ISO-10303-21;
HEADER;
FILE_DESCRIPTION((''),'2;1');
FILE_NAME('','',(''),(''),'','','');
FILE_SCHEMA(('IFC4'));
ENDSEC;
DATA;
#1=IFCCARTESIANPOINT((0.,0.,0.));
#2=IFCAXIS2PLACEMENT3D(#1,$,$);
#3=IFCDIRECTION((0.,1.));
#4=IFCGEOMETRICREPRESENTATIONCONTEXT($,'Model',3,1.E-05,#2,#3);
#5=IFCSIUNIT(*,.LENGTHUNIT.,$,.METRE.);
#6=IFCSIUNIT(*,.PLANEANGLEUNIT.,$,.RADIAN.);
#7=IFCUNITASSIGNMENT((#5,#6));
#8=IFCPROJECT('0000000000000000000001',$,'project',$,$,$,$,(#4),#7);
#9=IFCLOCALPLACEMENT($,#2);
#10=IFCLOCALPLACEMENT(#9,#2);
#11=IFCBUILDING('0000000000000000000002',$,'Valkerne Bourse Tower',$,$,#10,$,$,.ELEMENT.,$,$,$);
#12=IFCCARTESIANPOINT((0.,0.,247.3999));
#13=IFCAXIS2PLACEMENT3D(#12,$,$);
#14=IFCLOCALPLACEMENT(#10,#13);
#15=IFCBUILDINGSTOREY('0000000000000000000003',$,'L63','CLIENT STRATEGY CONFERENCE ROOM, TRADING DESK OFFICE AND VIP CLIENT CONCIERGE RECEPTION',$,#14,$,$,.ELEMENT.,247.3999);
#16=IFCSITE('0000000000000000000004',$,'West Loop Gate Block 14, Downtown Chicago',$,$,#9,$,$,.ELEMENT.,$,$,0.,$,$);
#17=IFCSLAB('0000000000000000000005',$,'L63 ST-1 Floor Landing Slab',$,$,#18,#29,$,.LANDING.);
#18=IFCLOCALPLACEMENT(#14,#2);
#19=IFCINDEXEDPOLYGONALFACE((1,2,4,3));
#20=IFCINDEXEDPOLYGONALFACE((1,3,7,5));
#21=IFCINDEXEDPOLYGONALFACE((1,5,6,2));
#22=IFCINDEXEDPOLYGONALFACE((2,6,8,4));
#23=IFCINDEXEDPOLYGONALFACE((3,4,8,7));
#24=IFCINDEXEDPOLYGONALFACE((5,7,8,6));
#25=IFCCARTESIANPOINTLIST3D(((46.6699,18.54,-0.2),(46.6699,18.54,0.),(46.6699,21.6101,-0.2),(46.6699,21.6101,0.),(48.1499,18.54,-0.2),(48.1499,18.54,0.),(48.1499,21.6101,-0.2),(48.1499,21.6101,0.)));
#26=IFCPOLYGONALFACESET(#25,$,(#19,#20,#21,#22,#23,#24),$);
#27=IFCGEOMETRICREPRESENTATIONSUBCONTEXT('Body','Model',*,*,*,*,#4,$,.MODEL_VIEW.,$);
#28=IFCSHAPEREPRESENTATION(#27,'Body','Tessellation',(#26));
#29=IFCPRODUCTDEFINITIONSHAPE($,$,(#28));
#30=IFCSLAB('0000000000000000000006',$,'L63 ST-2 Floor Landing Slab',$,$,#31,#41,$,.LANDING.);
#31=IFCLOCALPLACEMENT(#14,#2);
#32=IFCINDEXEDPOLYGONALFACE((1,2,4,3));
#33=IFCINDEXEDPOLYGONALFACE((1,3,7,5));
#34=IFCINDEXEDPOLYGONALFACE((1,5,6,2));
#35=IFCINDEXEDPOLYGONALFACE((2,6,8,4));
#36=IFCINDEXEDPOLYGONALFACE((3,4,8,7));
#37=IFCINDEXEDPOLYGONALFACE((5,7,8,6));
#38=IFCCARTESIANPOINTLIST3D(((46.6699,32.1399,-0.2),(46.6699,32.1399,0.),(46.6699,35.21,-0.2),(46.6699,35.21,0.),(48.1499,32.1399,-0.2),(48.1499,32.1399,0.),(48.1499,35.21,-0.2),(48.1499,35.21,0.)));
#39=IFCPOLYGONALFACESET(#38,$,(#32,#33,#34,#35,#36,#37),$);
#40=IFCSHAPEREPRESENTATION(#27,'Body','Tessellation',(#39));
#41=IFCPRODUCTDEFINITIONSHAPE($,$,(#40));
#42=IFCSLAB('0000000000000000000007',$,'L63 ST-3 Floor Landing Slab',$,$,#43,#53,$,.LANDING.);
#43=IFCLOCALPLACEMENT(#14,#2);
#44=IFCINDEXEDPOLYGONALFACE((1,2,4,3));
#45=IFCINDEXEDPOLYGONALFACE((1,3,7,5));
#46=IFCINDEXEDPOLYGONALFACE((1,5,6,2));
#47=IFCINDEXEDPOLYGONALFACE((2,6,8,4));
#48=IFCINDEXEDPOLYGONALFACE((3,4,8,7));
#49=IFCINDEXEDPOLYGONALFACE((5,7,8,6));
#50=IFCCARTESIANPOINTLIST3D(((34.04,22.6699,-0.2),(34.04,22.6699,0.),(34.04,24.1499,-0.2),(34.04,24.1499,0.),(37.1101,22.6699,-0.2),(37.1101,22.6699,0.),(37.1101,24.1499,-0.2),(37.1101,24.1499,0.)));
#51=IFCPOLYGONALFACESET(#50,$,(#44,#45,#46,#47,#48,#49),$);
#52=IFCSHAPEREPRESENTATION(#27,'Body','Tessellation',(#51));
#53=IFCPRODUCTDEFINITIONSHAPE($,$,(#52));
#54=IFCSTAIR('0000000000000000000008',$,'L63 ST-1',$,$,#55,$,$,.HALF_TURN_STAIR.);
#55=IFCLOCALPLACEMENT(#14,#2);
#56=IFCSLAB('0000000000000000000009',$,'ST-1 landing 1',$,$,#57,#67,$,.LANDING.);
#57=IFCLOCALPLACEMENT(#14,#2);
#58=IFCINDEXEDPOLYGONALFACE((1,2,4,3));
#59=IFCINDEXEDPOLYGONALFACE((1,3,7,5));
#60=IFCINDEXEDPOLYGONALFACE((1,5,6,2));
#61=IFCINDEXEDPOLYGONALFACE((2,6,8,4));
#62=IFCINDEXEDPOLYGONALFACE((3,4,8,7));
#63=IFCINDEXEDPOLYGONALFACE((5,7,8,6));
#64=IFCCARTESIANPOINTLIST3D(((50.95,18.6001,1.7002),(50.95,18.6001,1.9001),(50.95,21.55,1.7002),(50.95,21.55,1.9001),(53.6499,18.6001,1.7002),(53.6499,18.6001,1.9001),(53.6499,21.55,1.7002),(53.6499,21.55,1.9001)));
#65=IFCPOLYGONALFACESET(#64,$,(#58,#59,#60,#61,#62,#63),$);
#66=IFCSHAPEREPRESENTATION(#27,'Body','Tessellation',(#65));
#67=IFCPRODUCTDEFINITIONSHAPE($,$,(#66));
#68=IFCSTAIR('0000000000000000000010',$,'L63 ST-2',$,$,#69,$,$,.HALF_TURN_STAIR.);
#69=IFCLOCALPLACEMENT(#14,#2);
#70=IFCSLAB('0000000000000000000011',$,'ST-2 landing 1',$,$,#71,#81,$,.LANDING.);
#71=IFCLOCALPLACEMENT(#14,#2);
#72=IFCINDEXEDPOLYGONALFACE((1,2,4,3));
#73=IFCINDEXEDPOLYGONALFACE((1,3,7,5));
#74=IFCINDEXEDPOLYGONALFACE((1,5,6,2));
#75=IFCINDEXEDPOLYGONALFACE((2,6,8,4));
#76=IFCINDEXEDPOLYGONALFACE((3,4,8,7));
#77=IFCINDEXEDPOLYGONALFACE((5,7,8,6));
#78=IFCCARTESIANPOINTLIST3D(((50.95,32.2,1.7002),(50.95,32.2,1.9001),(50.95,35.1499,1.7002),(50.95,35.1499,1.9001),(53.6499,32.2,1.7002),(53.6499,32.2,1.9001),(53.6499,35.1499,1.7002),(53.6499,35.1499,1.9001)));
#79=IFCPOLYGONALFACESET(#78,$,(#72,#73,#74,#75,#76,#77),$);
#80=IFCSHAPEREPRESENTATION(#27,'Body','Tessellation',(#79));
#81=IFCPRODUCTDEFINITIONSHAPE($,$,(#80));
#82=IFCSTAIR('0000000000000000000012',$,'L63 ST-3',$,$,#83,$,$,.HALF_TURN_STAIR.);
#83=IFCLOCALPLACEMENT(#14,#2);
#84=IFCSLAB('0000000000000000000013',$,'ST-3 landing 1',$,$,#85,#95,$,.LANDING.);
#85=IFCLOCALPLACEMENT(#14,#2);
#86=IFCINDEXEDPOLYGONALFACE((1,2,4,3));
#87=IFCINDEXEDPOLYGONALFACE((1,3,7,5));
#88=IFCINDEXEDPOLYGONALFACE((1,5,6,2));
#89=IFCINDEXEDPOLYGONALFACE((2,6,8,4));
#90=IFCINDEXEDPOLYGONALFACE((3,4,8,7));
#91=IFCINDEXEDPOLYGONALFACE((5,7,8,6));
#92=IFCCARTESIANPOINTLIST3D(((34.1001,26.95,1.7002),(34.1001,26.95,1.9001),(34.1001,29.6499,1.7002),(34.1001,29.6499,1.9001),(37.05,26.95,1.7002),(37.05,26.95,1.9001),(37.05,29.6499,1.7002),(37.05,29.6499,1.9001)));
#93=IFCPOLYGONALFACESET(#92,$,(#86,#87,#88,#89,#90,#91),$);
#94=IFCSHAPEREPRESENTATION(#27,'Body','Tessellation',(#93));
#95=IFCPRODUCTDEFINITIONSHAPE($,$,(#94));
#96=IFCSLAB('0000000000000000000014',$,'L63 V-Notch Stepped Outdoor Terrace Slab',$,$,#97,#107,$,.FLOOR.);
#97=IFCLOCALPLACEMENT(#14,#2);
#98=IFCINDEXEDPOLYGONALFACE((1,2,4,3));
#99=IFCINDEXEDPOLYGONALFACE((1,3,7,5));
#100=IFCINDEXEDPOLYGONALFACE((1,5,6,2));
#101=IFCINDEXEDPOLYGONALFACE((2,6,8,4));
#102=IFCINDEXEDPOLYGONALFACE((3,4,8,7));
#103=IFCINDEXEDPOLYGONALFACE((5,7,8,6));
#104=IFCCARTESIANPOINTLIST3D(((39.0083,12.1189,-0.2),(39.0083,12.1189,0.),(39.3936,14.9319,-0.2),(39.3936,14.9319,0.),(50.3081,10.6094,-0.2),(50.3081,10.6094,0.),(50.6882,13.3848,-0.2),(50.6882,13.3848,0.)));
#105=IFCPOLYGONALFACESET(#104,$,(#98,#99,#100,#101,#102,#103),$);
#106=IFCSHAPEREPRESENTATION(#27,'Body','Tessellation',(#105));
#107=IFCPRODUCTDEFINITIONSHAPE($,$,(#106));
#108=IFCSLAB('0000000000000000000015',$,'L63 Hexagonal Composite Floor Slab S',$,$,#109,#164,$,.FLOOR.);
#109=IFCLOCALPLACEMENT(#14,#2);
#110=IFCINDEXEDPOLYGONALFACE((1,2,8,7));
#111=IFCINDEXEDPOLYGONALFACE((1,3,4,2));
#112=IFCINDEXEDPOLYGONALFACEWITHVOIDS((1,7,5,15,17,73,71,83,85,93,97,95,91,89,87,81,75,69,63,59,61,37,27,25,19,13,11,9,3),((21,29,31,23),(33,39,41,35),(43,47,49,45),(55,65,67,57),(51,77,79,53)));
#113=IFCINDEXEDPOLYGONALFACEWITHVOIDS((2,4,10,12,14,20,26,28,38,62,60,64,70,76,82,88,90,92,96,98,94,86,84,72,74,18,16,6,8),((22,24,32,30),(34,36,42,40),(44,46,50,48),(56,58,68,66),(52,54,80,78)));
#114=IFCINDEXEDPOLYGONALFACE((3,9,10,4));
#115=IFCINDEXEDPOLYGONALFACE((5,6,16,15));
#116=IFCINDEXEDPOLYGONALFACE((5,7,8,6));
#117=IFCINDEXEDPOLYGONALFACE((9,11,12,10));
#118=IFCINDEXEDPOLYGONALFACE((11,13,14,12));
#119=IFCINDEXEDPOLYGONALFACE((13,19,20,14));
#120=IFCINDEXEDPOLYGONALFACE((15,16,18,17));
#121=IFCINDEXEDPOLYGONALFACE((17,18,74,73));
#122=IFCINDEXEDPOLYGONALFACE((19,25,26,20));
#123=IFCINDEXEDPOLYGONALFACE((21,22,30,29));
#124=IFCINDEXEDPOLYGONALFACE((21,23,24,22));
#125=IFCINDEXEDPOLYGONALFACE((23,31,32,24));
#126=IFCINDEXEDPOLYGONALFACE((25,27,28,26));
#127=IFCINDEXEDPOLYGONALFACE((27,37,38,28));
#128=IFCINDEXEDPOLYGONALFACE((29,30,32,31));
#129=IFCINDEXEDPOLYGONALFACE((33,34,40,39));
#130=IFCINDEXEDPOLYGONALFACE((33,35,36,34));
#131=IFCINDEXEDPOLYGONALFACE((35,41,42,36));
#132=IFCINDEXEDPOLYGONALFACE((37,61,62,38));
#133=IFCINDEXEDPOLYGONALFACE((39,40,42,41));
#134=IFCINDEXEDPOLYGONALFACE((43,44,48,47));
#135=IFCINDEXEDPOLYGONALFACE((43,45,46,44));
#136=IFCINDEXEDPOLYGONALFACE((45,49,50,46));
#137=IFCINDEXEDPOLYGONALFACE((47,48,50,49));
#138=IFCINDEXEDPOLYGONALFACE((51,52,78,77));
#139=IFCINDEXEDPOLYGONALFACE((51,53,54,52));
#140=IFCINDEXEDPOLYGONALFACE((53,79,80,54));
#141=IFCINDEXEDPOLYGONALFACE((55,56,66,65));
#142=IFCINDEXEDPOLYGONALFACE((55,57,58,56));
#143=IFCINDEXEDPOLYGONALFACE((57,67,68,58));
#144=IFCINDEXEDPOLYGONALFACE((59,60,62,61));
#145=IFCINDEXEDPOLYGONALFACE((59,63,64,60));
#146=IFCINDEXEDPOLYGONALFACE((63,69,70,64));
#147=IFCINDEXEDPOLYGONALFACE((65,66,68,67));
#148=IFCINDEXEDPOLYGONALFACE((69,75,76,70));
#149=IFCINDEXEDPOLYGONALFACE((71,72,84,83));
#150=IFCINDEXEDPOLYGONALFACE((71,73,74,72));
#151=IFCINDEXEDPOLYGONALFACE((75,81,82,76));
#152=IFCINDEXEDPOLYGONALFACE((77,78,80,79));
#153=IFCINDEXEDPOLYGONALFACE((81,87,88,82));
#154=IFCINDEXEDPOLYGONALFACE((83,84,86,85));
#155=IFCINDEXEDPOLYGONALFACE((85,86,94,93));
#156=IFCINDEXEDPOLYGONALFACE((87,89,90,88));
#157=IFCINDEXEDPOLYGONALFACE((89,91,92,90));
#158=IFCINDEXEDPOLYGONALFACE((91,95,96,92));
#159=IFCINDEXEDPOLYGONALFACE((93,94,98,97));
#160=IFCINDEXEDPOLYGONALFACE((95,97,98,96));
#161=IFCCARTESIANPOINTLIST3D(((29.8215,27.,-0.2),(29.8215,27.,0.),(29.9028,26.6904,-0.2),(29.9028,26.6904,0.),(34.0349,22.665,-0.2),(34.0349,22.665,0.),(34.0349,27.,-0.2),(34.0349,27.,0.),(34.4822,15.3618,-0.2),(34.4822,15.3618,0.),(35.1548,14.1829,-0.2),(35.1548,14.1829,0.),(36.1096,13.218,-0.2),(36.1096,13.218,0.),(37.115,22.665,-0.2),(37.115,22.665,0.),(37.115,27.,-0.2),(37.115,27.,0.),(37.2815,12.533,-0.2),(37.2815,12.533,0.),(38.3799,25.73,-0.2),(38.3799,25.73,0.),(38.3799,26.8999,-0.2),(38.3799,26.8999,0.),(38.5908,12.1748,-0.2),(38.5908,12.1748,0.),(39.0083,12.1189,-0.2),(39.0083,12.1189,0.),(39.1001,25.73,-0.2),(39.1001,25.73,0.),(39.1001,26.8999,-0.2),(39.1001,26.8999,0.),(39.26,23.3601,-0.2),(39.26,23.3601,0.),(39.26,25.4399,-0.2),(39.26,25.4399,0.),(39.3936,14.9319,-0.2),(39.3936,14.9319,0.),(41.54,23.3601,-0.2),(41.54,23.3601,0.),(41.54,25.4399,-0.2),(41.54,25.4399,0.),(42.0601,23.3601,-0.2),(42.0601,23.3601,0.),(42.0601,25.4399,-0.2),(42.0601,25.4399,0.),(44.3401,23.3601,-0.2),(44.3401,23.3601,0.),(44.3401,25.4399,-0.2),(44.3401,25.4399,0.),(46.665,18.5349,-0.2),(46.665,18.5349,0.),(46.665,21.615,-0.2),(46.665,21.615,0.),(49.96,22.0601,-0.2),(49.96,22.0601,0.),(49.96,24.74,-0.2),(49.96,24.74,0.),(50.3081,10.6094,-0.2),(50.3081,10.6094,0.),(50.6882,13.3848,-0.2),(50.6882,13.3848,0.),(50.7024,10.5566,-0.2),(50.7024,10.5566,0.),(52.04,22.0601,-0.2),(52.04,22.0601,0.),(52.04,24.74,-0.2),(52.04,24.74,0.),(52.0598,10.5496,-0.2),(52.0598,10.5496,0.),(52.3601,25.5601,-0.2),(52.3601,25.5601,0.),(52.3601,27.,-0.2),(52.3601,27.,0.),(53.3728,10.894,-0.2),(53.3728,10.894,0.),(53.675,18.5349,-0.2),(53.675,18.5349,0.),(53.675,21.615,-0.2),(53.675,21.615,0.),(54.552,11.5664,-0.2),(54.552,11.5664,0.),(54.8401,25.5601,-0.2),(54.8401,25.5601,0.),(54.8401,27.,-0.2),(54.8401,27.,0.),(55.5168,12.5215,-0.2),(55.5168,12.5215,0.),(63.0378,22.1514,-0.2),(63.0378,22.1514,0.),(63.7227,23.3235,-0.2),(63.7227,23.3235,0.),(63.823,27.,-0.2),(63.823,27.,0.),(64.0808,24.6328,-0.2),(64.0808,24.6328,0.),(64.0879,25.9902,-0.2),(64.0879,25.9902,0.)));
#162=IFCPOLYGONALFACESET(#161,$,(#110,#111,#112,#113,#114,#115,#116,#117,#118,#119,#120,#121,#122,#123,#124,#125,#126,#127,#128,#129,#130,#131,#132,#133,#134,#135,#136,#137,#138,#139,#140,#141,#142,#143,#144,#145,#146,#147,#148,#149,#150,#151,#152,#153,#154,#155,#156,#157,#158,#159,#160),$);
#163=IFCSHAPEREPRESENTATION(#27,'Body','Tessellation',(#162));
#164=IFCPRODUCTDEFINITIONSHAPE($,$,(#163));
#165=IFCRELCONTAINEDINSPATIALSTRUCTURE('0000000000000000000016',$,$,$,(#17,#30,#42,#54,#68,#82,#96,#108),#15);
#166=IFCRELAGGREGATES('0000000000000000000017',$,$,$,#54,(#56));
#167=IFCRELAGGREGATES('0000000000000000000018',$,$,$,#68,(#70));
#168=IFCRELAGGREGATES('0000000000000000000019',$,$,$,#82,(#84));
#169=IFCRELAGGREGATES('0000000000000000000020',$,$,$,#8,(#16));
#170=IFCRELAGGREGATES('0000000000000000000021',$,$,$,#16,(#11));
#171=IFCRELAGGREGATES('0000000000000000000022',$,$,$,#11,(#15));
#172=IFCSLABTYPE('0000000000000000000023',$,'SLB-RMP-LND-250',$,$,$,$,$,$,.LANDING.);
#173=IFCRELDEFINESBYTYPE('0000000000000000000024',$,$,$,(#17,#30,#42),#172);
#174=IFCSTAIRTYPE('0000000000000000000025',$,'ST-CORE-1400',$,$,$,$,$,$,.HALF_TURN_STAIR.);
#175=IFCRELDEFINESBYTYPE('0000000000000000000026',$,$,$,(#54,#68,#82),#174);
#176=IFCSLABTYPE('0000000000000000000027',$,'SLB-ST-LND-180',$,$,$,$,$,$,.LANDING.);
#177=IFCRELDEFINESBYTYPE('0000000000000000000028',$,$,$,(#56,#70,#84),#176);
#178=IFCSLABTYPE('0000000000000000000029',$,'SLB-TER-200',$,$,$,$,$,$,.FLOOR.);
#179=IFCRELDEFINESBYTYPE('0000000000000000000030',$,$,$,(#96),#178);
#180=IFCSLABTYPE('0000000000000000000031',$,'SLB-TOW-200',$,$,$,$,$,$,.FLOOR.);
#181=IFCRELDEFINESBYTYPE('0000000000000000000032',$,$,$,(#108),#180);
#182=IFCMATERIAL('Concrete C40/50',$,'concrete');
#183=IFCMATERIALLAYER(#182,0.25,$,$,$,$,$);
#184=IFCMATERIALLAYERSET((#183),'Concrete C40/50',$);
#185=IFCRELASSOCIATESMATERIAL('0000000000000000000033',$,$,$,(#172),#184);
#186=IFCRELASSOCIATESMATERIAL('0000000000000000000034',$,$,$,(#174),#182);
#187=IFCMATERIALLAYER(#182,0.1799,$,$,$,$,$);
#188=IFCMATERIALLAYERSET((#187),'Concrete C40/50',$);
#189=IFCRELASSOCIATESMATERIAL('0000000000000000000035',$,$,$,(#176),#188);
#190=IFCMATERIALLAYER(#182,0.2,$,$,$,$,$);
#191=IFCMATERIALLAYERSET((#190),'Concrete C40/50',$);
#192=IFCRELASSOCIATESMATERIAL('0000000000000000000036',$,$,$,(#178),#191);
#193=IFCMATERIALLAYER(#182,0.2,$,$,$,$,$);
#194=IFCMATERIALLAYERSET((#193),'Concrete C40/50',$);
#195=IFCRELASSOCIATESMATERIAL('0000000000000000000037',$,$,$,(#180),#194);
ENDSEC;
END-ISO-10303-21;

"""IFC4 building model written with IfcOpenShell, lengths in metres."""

from ifc_helpers import new_model, si_unit, direction, frame, origin, place, context, subcontext, project, spatial, polyline, outline, extrude, material, layer, layer_set, type_object, element, aggregate, save


model = new_model("IFC4")

# Units and contexts
model_context = context("Model", 3, precision=1e-05, world=origin(), true_north=direction((0.0, 1.0)))
body_context = subcontext(model_context, "Body", "Model", "MODEL_VIEW")
ifc_project = project(units=[si_unit("LENGTHUNIT", "METRE"), si_unit("PLANEANGLEUNIT", "RADIAN")], contexts=[model_context])

# Site, building, storey
site_placement = place(None, origin())
site = spatial("IfcSite", under=ifc_project, at=site_placement, Name="West Loop Gate Block 14, Downtown Chicago", CompositionType="ELEMENT", RefElevation=0.0)
building_placement = place(site_placement, origin())
building = spatial("IfcBuilding", under=site, at=building_placement, Name="Valkerne Bourse Tower", CompositionType="ELEMENT")
storey_placement = place(building_placement, frame((0.0, 0.0, 247.3999)))
storey = spatial("IfcBuildingStorey", under=building, at=storey_placement, Name="L63", Description="CLIENT STRATEGY CONFERENCE ROOM, TRADING DESK OFFICE AND VIP CLIENT CONCIERGE RECEPTION", CompositionType="ELEMENT", Elevation=247.3999)

# Slabs
ifc_material_1 = material(Name="Concrete C40/50", Category="concrete")
ifc_layer_1 = layer(ifc_material_1, 0.25)
ifc_layer_set_1 = layer_set([ifc_layer_1], Name="Concrete C40/50")
slab_type_1 = type_object("IfcSlabType", Name="SLB-RMP-LND-250", PredefinedType="LANDING", material=ifc_layer_set_1)
slab_1_placement = place(storey_placement, frame((0.0, 0.0, -0.2)))
element("IfcSlab", 1, at=slab_1_placement, inside=storey, type_object=slab_type_1, Name="L63 ST-1 Floor Landing Slab", PredefinedType="LANDING", context=body_context, shape_type="SweptSolid", body=[
    extrude(outline(polyline([(46.6699, 18.54), (48.1499, 18.54), (48.1499, 21.6101), (46.6699, 21.6101), (46.6699, 18.54)])), origin(), (0.0, 0.0, 1.0), 0.2),
])
slab_2_placement = place(storey_placement, frame((0.0, 0.0, -0.2)))
element("IfcSlab", 2, at=slab_2_placement, inside=storey, type_object=slab_type_1, Name="L63 ST-2 Floor Landing Slab", PredefinedType="LANDING", context=body_context, shape_type="SweptSolid", body=[
    extrude(outline(polyline([(46.6699, 32.1399), (48.1499, 32.1399), (48.1499, 35.21), (46.6699, 35.21), (46.6699, 32.1399)])), origin(), (0.0, 0.0, 1.0), 0.2),
])
slab_3_placement = place(storey_placement, frame((0.0, 0.0, -0.2)))
element("IfcSlab", 3, at=slab_3_placement, inside=storey, type_object=slab_type_1, Name="L63 ST-3 Floor Landing Slab", PredefinedType="LANDING", context=body_context, shape_type="SweptSolid", body=[
    extrude(outline(polyline([(37.1101, 22.6699), (37.1101, 24.1499), (34.04, 24.1499), (34.04, 22.6699), (37.1101, 22.6699)])), origin(), (0.0, 0.0, 1.0), 0.2),
])

# Stairs, slabs
stair_type = type_object("IfcStairType", Name="ST-CORE-1400", PredefinedType="HALF_TURN_STAIR", material=ifc_material_1)
stair_1_placement = place(storey_placement, origin())
stair_1 = element("IfcStair", 4, at=stair_1_placement, inside=storey, type_object=stair_type, Name="L63 ST-1", PredefinedType="HALF_TURN_STAIR")
ifc_layer_2 = layer(ifc_material_1, 0.1799)
ifc_layer_set_2 = layer_set([ifc_layer_2], Name="Concrete C40/50")
slab_type_2 = type_object("IfcSlabType", Name="SLB-ST-LND-180", PredefinedType="LANDING", material=ifc_layer_set_2)
slab_4_placement = place(storey_placement, frame((0.0, 0.0, 1.7002)))
slab_4 = element("IfcSlab", 5, at=slab_4_placement, type_object=slab_type_2, Name="ST-1 landing 1", PredefinedType="LANDING", context=body_context, shape_type="SweptSolid", body=[
    extrude(outline(polyline([(50.95, 18.6001), (53.6499, 18.6001), (53.6499, 21.55), (50.95, 21.55), (50.95, 18.6001)])), origin(), (0.0, 0.0, 1.0), 0.2),
])
aggregate(stair_1, [slab_4])
stair_2_placement = place(storey_placement, origin())
stair_2 = element("IfcStair", 6, at=stair_2_placement, inside=storey, type_object=stair_type, Name="L63 ST-2", PredefinedType="HALF_TURN_STAIR")
slab_5_placement = place(storey_placement, frame((0.0, 0.0, 1.7002)))
slab_5 = element("IfcSlab", 7, at=slab_5_placement, type_object=slab_type_2, Name="ST-2 landing 1", PredefinedType="LANDING", context=body_context, shape_type="SweptSolid", body=[
    extrude(outline(polyline([(50.95, 32.2), (53.6499, 32.2), (53.6499, 35.1499), (50.95, 35.1499), (50.95, 32.2)])), origin(), (0.0, 0.0, 1.0), 0.2),
])
aggregate(stair_2, [slab_5])
stair_3_placement = place(storey_placement, origin())
stair_3 = element("IfcStair", 8, at=stair_3_placement, inside=storey, type_object=stair_type, Name="L63 ST-3", PredefinedType="HALF_TURN_STAIR")
slab_6_placement = place(storey_placement, frame((0.0, 0.0, 1.7002)))
slab_6 = element("IfcSlab", 9, at=slab_6_placement, type_object=slab_type_2, Name="ST-3 landing 1", PredefinedType="LANDING", context=body_context, shape_type="SweptSolid", body=[
    extrude(outline(polyline([(37.05, 26.95), (37.05, 29.6499), (34.1001, 29.6499), (34.1001, 26.95), (37.05, 26.95)])), origin(), (0.0, 0.0, 1.0), 0.2),
])
aggregate(stair_3, [slab_6])

# Slabs
ifc_layer_3 = layer(ifc_material_1, 0.2)
ifc_layer_set_3 = layer_set([ifc_layer_3], Name="Concrete C40/50")
slab_type_3 = type_object("IfcSlabType", Name="SLB-TER-200", PredefinedType="FLOOR", material=ifc_layer_set_3)
slab_7_placement = place(storey_placement, frame((0.0, 0.0, -0.2)))
element("IfcSlab", 10, at=slab_7_placement, inside=storey, type_object=slab_type_3, Name="L63 V-Notch Stepped Outdoor Terrace Slab", PredefinedType="FLOOR", context=body_context, shape_type="SweptSolid", body=[
    extrude(outline(polyline([(39.0083, 12.1189), (39.3936, 14.9319), (50.6882, 13.3848), (50.3081, 10.6094), (39.0083, 12.1189)])), origin(), (0.0, 0.0, 1.0), 0.2),
])
ifc_layer_4 = layer(ifc_material_1, 0.2)
ifc_layer_set_4 = layer_set([ifc_layer_4], Name="Concrete C40/50")
slab_type_4 = type_object("IfcSlabType", Name="SLB-TOW-200", PredefinedType="FLOOR", material=ifc_layer_set_4)
slab_8_placement = place(storey_placement, frame((0.0, 0.0, -0.2)))
element("IfcSlab", 11, at=slab_8_placement, inside=storey, type_object=slab_type_4, Name="L63 Hexagonal Composite Floor Slab S", PredefinedType="FLOOR", context=body_context, shape_type="SweptSolid", body=[
    extrude(outline(polyline([(36.1096, 13.218), (35.1548, 14.1829), (34.4822, 15.3618), (29.9028, 26.6904), (29.8215, 27.0), (34.0349, 27.0), (34.0349, 22.665), (37.115, 22.665), (37.115, 27.0), (52.3601, 27.0), (52.3601, 25.5601), (54.8401, 25.5601), (54.8401, 27.0), (63.823, 27.0), (64.0879, 25.9902), (64.0808, 24.6328), (63.7227, 23.3235), (63.0378, 22.1514), (55.5168, 12.5215), (54.552, 11.5664), (53.3728, 10.894), (52.0598, 10.5496), (50.7024, 10.5566), (50.3081, 10.6094), (50.6882, 13.3848), (39.3936, 14.9319), (39.0083, 12.1189), (38.5908, 12.1748), (37.2815, 12.533), (36.1096, 13.218)]), holes=[polyline([(41.54, 25.4399), (39.26, 25.4399), (39.26, 23.3601), (41.54, 23.3601), (41.54, 25.4399)]), polyline([(44.3401, 25.4399), (42.0601, 25.4399), (42.0601, 23.3601), (44.3401, 23.3601), (44.3401, 25.4399)]), polyline([(39.1001, 26.8999), (38.3799, 26.8999), (38.3799, 25.73), (39.1001, 25.73), (39.1001, 26.8999)]), polyline([(53.675, 21.615), (46.665, 21.615), (46.665, 18.5349), (53.675, 18.5349), (53.675, 21.615)]), polyline([(52.04, 24.74), (49.96, 24.74), (49.96, 22.0601), (52.04, 22.0601), (52.04, 24.74)])]), origin(), (0.0, 0.0, 1.0), 0.2),
])

save(model, "model.ifc")
